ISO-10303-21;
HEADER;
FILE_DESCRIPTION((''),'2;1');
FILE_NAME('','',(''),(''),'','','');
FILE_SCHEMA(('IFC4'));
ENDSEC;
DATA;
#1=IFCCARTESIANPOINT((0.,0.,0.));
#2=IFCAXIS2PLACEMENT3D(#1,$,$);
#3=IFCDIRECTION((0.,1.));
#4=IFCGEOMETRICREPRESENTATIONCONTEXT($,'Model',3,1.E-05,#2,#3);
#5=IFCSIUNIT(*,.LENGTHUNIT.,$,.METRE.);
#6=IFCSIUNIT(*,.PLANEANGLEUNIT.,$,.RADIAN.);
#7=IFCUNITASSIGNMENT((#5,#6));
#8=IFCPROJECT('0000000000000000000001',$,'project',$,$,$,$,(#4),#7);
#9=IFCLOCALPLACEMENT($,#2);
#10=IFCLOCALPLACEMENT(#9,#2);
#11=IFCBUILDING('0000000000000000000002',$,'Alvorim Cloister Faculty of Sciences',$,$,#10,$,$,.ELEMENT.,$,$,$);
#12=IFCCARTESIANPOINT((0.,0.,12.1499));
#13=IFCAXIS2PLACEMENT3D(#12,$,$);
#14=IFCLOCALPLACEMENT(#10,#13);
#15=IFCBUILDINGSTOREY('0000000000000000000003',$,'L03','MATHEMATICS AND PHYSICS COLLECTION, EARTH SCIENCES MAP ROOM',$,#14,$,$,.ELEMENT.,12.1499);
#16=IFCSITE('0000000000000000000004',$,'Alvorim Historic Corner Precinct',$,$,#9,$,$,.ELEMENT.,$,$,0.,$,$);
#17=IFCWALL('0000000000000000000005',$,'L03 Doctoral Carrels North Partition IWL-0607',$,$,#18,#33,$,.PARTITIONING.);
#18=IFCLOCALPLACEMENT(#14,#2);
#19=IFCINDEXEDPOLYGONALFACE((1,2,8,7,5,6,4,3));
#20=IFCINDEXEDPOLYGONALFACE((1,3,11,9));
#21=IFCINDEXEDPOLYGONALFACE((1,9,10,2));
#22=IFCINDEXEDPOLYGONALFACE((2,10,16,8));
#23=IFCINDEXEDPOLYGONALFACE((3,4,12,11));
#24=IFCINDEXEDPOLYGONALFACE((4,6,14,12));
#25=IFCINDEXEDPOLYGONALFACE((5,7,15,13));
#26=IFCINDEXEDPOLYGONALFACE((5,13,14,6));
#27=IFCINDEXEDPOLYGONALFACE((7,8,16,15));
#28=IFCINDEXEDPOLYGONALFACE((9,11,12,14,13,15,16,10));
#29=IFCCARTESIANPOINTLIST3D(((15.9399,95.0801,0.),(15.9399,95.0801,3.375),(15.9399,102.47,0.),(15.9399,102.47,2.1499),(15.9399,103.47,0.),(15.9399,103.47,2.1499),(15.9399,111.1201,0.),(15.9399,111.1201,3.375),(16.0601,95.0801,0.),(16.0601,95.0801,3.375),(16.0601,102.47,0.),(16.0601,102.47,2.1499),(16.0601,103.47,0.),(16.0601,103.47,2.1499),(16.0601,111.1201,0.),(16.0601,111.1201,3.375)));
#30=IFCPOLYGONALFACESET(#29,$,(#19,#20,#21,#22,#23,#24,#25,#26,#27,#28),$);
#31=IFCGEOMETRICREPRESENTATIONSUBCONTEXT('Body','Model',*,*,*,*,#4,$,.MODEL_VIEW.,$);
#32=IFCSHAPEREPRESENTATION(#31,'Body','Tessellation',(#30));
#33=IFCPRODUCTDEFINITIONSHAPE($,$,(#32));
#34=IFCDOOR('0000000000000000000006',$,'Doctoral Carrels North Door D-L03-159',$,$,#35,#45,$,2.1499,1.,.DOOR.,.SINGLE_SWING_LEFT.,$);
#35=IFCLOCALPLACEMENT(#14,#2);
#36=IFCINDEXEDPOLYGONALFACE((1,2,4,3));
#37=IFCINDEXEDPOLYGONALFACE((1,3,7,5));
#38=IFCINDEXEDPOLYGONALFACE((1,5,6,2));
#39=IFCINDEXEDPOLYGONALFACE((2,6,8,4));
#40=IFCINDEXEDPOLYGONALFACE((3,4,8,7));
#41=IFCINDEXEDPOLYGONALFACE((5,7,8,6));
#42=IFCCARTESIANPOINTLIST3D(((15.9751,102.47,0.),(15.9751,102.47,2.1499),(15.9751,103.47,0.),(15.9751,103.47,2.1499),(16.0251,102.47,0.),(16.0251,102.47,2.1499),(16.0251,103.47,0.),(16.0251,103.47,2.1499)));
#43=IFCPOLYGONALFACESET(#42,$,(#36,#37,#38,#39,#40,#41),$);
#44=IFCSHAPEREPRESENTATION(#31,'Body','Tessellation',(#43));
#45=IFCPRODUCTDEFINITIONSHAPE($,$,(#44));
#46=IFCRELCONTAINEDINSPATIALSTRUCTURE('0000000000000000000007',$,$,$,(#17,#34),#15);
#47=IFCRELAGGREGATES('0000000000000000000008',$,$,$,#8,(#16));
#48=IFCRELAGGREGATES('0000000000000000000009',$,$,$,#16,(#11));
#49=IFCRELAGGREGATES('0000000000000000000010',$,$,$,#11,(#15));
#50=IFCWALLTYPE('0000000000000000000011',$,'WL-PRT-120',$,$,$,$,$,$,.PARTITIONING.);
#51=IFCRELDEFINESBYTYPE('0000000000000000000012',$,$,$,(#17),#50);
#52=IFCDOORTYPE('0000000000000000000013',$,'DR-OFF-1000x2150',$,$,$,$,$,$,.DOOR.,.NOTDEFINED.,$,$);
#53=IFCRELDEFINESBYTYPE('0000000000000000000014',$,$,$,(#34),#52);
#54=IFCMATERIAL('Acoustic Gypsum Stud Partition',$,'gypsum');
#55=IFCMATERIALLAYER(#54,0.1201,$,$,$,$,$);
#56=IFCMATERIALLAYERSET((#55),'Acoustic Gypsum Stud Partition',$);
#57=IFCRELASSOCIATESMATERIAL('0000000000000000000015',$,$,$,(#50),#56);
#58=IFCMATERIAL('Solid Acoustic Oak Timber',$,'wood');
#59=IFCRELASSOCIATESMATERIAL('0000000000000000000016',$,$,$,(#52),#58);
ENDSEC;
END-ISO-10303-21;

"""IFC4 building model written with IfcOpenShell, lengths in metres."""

from ifc_helpers import new_model, si_unit, direction, frame, frame_2d, origin, place, context, subcontext, project, spatial, rectangle, extrude, material, layer, layer_set, type_object, element, fill, save


model = new_model("IFC4")

# Units and contexts
model_context = context("Model", 3, precision=1e-05, world=origin(), true_north=direction((0.0, 1.0)))
body_context = subcontext(model_context, "Body", "Model", "MODEL_VIEW")
ifc_project = project(units=[si_unit("LENGTHUNIT", "METRE"), si_unit("PLANEANGLEUNIT", "RADIAN")], contexts=[model_context])

# Site, building, storey
site_placement = place(None, origin())
site = spatial("IfcSite", under=ifc_project, at=site_placement, Name="Alvorim Historic Corner Precinct", CompositionType="ELEMENT", RefElevation=0.0)
building_placement = place(site_placement, origin())
building = spatial("IfcBuilding", under=site, at=building_placement, Name="Alvorim Cloister Faculty of Sciences", CompositionType="ELEMENT")
storey_placement = place(building_placement, frame((0.0, 0.0, 12.1499)))
storey = spatial("IfcBuildingStorey", under=building, at=storey_placement, Name="L03", Description="MATHEMATICS AND PHYSICS COLLECTION, EARTH SCIENCES MAP ROOM", CompositionType="ELEMENT", Elevation=12.1499)

# Wall, opening, door
ifc_material_1 = material(Name="Acoustic Gypsum Stud Partition", Category="gypsum")
ifc_layer_1 = layer(ifc_material_1, 0.1201)
ifc_layer_set_1 = layer_set([ifc_layer_1], Name="Acoustic Gypsum Stud Partition")
wall_type_1 = type_object("IfcWallType", Name="WL-PRT-120", PredefinedType="PARTITIONING", material=ifc_layer_set_1)
wall_1_placement = place(storey_placement, frame((16.0, 95.0801, 0.0), z_axis=(0.0, 0.0, 1.0), x_axis=(0.0, 1.0, 0.0)))
wall_1 = element("IfcWall", 1, at=wall_1_placement, inside=storey, type_object=wall_type_1, Name="L03 Doctoral Carrels North Partition IWL-0607", PredefinedType="PARTITIONING", context=body_context, shape_type="SweptSolid", body=[
    extrude(rectangle(XDim=16.04, YDim=0.1201, at=frame_2d((8.02, 0.0))), origin(), (0.0, 0.0, 1.0), 3.375),
])
opening_placement = place(wall_1_placement, frame((7.3899, 0.0, 0.0)))
opening = element("IfcOpeningElement", 2, at=opening_placement, cuts=wall_1, PredefinedType="OPENING", context=body_context, shape_type="SweptSolid", body=[
    extrude(rectangle(XDim=1.0, YDim=2.1499, at=frame_2d((0.5, 1.075))), frame((0.0, 0.072, 0.0), z_axis=(0.0, -1.0, 0.0), x_axis=(1.0, 0.0, 0.0)), (0.0, 0.0, 1.0), 0.144),
])
ifc_material_2 = material(Name="Solid Acoustic Oak Timber", Category="wood")
door_type = type_object("IfcDoorType", Name="DR-OFF-1000x2150", OperationType="NOTDEFINED", PredefinedType="DOOR", material=ifc_material_2)
door_placement = place(opening_placement, origin())
door = element("IfcDoor", 3, at=door_placement, inside=storey, type_object=door_type, Name="Doctoral Carrels North Door D-L03-159", OperationType="SINGLE_SWING_LEFT", OverallHeight=2.1499, OverallWidth=1.0, PredefinedType="DOOR", context=body_context, shape_type="SweptSolid", body=[
    extrude(rectangle(XDim=1.0, YDim=2.1499, at=frame_2d((0.5, 1.075))), frame((0.0, 0.0249, 0.0), z_axis=(0.0, -1.0, 0.0), x_axis=(1.0, 0.0, 0.0)), (0.0, 0.0, 1.0), 0.05),
])
fill(opening, door)

save(model, "model.ifc")
